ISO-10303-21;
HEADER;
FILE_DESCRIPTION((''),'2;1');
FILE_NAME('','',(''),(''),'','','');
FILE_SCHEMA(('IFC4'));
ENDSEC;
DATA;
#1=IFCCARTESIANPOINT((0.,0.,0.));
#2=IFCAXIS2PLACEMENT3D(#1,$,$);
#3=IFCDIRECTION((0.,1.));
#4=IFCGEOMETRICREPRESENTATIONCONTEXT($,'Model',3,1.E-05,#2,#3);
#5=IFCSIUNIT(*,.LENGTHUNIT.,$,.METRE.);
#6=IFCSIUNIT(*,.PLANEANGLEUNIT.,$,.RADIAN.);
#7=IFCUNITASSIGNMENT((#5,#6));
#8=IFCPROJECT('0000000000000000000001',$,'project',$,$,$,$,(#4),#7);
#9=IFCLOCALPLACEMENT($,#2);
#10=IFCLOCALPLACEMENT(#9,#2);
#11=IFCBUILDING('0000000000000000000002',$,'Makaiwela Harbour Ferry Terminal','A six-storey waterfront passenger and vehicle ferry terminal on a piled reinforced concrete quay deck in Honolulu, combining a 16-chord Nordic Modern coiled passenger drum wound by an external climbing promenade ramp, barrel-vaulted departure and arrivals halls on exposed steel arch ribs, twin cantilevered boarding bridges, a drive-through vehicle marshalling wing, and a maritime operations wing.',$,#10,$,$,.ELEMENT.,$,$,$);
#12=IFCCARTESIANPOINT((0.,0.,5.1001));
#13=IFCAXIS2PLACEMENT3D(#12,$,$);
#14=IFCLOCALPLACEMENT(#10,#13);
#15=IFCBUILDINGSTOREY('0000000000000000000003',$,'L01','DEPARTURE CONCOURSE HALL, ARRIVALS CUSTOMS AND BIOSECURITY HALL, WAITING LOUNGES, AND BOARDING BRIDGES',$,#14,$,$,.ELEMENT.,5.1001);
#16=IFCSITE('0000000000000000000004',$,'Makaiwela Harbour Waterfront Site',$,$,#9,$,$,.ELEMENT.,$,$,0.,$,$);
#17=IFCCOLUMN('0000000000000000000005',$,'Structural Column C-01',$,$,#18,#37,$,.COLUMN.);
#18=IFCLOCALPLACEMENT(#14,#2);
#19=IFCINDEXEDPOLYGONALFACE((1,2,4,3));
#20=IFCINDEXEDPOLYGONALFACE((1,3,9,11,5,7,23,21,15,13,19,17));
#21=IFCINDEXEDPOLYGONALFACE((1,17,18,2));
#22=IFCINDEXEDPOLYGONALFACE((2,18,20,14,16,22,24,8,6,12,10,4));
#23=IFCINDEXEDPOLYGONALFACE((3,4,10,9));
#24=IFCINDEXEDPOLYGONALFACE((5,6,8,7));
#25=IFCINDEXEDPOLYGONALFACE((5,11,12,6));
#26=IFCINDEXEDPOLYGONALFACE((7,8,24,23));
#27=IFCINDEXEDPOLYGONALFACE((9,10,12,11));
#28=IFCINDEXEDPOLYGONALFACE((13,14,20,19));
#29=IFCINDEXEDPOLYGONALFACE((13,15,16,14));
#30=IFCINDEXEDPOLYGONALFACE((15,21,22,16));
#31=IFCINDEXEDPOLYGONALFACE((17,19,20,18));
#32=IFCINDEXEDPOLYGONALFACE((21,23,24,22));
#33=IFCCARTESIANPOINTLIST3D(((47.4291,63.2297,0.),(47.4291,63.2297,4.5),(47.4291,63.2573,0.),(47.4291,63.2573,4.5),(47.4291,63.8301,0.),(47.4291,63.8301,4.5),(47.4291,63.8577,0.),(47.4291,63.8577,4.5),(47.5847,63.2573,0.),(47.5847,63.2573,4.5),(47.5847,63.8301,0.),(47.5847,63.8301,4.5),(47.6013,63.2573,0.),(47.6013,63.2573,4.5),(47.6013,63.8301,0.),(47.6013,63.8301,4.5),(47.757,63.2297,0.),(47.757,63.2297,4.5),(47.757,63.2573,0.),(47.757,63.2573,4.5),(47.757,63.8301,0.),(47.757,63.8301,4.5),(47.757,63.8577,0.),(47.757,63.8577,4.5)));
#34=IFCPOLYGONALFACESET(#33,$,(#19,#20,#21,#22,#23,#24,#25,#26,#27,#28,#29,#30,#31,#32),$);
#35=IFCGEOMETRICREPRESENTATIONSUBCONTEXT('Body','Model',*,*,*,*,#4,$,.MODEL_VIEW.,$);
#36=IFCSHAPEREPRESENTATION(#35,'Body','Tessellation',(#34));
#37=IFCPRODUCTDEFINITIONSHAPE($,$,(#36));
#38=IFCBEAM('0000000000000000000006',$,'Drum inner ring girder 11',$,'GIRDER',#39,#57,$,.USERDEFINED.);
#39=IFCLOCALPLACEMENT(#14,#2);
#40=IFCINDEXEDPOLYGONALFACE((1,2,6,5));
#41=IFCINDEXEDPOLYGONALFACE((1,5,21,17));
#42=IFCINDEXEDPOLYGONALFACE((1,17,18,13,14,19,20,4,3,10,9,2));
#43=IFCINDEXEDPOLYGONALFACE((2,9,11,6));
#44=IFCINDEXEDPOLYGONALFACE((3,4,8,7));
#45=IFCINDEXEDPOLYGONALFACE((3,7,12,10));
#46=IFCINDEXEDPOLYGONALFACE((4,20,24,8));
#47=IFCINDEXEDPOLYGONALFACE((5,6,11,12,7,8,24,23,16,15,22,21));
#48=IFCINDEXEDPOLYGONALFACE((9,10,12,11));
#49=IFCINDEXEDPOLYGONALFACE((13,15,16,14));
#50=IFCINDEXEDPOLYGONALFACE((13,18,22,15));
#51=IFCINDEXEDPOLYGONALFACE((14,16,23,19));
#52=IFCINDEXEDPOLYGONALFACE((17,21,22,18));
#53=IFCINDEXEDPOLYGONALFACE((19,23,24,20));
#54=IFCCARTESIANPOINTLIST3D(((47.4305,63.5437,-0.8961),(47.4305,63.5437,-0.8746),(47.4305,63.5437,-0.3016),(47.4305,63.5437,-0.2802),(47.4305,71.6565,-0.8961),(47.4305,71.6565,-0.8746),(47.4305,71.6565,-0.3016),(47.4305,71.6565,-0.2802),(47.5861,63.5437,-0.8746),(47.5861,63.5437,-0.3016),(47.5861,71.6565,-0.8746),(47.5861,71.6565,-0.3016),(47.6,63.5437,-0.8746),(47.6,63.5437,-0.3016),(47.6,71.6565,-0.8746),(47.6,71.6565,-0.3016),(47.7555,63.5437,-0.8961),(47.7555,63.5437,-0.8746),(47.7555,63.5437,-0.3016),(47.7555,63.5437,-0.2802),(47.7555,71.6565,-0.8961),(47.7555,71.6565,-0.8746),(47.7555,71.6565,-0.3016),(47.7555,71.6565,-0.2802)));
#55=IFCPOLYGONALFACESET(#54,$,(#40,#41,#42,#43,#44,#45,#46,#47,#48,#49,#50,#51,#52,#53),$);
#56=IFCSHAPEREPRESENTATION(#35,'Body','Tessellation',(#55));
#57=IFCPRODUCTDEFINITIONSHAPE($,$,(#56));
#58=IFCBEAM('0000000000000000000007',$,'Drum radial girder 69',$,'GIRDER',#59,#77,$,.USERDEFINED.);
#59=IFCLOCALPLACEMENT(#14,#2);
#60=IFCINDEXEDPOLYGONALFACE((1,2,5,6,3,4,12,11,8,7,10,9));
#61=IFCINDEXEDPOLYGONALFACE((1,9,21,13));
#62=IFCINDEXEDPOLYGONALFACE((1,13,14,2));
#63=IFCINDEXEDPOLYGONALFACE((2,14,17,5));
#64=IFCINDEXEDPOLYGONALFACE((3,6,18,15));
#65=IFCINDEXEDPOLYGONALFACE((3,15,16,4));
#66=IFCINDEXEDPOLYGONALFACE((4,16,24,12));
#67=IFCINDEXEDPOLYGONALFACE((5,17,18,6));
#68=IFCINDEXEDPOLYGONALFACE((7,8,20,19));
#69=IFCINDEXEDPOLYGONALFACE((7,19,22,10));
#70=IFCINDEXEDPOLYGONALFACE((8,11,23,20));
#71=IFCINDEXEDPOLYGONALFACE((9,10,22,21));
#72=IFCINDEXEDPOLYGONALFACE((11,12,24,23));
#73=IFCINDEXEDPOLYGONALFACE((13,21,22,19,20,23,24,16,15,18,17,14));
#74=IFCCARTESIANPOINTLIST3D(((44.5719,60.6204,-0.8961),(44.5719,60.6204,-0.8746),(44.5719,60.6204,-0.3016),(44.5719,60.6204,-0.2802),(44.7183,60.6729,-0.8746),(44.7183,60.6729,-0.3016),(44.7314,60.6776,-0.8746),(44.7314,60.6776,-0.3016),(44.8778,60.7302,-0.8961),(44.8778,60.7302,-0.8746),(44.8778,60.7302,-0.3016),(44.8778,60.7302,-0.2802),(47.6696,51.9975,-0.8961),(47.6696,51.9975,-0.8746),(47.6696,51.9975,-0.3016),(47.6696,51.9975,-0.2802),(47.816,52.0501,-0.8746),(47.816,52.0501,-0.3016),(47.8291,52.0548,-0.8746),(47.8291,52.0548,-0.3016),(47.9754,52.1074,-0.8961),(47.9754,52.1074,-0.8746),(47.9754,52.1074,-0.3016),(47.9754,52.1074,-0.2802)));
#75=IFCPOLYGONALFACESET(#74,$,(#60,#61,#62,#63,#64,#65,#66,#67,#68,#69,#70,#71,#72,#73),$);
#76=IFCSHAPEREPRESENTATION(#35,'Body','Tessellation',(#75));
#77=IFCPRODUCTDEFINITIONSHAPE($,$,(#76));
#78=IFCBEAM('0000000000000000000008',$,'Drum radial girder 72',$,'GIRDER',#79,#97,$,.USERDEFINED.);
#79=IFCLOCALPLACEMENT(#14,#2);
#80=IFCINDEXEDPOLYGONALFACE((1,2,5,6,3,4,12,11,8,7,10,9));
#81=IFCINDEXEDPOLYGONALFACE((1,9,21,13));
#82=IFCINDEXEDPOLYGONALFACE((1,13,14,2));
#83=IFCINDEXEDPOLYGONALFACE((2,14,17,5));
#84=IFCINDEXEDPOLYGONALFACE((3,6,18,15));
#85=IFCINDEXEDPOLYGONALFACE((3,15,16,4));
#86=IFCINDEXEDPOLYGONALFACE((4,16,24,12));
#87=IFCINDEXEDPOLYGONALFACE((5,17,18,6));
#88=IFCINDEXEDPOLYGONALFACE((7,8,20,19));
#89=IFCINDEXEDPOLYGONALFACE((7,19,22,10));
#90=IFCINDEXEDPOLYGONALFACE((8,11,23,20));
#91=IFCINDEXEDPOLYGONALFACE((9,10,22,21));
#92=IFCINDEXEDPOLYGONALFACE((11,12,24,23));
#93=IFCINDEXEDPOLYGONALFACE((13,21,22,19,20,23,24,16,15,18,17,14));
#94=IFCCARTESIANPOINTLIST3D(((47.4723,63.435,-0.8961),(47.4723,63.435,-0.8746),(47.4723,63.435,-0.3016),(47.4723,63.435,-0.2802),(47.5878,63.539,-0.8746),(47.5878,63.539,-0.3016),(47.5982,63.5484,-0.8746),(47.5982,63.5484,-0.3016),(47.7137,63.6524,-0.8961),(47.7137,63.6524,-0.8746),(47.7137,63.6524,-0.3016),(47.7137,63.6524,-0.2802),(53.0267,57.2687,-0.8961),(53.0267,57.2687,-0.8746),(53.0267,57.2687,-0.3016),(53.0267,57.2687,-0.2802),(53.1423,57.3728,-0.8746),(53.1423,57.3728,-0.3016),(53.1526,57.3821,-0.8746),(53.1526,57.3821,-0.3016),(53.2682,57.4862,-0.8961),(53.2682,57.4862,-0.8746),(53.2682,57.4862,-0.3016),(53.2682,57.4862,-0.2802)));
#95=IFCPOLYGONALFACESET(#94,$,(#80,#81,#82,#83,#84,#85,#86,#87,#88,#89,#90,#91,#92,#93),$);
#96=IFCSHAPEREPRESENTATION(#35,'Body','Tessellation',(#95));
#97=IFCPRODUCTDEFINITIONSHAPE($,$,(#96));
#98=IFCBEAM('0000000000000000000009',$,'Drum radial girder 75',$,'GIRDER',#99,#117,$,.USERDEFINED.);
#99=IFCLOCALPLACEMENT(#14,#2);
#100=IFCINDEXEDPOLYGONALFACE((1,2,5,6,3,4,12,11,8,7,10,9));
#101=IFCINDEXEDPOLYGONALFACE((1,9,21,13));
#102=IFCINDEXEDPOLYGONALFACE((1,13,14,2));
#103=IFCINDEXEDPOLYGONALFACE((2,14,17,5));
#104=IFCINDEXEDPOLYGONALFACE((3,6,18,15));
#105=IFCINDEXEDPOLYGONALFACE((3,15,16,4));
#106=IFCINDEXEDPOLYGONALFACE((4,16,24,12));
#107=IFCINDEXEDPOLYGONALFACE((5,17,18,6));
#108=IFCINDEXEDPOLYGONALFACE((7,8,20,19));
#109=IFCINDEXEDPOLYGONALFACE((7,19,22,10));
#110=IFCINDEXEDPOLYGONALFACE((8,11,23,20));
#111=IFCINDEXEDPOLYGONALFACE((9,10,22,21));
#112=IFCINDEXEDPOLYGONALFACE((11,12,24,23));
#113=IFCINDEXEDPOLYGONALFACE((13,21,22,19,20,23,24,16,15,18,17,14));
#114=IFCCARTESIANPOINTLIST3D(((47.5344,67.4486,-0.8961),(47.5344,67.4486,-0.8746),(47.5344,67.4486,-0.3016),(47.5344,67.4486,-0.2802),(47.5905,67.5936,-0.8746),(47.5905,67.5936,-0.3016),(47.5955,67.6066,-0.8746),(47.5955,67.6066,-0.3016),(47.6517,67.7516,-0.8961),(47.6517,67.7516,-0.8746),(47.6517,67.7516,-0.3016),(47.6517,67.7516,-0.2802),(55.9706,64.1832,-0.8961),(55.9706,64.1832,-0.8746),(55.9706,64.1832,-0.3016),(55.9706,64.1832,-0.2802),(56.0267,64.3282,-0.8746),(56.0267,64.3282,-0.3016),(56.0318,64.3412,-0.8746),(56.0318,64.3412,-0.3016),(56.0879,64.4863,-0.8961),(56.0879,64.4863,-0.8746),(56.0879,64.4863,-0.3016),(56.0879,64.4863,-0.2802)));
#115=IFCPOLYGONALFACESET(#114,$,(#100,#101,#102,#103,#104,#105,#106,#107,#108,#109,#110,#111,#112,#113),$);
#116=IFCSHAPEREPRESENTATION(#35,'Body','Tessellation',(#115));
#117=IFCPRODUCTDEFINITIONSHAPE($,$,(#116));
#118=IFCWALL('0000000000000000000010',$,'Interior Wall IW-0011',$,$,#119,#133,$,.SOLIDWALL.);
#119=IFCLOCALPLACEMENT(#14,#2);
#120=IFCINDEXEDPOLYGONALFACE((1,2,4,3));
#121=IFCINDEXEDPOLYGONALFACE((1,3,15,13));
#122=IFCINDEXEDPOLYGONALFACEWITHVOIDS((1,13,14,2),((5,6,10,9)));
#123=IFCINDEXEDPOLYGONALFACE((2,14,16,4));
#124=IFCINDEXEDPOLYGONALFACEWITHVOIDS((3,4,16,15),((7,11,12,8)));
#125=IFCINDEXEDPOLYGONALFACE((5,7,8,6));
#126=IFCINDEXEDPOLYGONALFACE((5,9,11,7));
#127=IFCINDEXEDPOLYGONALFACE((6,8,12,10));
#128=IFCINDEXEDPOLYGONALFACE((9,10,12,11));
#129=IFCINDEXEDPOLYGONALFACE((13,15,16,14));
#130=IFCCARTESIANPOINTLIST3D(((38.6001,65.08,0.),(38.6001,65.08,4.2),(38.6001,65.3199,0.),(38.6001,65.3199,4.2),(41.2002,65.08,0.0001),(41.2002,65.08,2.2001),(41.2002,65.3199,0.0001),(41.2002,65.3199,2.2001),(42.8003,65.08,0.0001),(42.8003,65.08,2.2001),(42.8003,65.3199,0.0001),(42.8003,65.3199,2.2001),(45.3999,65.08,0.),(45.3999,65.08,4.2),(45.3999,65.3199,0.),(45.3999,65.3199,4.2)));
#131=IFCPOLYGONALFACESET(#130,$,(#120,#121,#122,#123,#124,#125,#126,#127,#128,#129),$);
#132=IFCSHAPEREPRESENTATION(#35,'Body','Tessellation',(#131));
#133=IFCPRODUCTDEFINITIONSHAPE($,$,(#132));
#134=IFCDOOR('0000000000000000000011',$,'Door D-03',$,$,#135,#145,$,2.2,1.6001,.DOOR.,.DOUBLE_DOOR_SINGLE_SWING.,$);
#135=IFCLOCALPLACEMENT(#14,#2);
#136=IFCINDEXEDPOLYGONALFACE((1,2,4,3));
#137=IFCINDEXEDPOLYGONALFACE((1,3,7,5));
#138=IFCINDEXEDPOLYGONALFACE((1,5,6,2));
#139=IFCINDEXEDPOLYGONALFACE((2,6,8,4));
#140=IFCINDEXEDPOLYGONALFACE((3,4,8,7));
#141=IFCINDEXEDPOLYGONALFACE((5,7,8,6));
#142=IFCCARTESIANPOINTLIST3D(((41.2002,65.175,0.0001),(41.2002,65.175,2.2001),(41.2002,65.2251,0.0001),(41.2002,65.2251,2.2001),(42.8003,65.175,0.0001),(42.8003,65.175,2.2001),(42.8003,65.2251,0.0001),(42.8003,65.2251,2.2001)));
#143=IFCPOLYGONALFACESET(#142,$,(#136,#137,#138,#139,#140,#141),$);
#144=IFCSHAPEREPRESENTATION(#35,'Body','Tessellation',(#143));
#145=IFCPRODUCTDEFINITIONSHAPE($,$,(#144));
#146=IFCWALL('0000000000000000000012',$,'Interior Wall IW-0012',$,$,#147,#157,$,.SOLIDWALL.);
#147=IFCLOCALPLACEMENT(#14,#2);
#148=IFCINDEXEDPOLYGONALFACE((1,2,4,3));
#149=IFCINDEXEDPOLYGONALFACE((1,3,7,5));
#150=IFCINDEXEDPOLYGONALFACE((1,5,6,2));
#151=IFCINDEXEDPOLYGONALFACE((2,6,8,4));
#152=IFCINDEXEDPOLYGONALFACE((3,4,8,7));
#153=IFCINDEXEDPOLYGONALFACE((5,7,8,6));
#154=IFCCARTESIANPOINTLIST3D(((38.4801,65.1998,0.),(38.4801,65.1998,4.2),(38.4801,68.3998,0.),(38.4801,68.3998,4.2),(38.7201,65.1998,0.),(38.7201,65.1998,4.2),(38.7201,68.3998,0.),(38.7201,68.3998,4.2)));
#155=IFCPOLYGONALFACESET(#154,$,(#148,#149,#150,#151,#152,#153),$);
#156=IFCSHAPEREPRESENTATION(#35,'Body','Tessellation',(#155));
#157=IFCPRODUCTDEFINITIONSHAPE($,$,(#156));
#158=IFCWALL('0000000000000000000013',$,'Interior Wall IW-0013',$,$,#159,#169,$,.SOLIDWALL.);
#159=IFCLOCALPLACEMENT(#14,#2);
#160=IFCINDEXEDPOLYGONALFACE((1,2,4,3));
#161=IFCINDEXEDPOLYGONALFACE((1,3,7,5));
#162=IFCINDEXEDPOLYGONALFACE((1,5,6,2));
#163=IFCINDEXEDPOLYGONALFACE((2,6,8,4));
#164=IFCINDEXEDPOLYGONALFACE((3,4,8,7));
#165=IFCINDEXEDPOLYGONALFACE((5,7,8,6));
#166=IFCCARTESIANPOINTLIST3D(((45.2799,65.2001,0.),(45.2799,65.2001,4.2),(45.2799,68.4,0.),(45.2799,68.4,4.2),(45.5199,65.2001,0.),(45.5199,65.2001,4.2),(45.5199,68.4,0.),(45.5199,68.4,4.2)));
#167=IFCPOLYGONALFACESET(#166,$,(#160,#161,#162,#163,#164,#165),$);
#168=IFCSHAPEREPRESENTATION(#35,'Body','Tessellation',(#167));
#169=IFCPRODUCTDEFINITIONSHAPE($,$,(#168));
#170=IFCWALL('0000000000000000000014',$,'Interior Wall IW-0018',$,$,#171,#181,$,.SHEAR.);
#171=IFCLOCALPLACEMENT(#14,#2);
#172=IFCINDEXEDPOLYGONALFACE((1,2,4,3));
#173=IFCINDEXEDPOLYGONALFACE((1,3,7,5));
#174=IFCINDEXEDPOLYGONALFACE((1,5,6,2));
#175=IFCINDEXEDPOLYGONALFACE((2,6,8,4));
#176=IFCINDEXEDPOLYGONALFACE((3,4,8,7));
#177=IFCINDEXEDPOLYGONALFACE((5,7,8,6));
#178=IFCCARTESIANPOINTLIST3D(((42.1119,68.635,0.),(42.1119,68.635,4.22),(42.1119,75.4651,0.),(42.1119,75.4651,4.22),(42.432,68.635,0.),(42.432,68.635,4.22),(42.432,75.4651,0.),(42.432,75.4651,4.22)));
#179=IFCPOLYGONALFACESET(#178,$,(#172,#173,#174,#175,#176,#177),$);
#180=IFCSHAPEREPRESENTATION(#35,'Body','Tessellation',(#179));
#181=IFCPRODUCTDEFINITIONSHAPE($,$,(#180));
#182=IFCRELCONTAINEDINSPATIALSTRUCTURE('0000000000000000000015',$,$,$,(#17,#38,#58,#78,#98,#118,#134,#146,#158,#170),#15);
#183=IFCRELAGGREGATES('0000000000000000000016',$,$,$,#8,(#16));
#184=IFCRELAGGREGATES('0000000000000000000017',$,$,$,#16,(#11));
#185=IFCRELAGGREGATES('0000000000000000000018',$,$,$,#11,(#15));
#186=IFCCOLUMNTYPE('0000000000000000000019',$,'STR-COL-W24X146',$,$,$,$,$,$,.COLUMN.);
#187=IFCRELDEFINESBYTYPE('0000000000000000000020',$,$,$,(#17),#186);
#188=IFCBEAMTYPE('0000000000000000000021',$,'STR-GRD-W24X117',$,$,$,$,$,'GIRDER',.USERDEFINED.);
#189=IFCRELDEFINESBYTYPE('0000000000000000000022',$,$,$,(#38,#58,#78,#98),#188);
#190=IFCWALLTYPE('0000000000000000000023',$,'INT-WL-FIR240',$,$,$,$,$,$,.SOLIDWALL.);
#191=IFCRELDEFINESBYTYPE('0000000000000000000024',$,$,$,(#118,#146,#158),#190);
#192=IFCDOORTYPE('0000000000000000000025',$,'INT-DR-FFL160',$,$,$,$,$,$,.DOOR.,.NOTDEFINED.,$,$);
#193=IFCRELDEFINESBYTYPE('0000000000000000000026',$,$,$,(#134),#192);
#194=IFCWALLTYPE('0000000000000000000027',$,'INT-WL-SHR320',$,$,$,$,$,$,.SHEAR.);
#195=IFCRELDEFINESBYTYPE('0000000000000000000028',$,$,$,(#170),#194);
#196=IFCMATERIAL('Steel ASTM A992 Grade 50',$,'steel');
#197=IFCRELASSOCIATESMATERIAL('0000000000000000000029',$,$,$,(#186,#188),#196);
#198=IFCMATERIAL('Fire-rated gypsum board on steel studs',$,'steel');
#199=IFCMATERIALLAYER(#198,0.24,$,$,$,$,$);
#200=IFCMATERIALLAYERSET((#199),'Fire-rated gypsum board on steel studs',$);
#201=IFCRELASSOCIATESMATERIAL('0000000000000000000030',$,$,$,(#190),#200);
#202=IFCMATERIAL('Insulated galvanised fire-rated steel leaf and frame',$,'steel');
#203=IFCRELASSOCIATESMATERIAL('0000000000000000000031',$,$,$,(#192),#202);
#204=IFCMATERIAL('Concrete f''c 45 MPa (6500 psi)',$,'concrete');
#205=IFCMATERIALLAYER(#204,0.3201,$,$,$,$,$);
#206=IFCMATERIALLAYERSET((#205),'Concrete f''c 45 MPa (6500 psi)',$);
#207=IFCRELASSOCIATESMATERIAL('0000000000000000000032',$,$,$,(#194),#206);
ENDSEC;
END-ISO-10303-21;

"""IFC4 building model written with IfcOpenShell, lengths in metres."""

from ifc_helpers import new_model, si_unit, direction, frame, frame_2d, origin, origin_2d, place, context, subcontext, project, spatial, rectangle, i_section, extrude, material, layer, layer_set, material_profile, profile_set, type_object, element, fill, save


model = new_model("IFC4")

# Units and contexts
model_context = context("Model", 3, precision=1e-05, world=origin(), true_north=direction((0.0, 1.0)))
body_context = subcontext(model_context, "Body", "Model", "MODEL_VIEW")
ifc_project = project(units=[si_unit("LENGTHUNIT", "METRE"), si_unit("PLANEANGLEUNIT", "RADIAN")], contexts=[model_context])

# Site, building, storey
site_placement = place(None, origin())
site = spatial("IfcSite", under=ifc_project, at=site_placement, Name="Makaiwela Harbour Waterfront Site", CompositionType="ELEMENT", RefElevation=0.0)
building_placement = place(site_placement, origin())
building = spatial("IfcBuilding", under=site, at=building_placement, Name="Makaiwela Harbour Ferry Terminal", Description="A six-storey waterfront passenger and vehicle ferry terminal on a piled reinforced concrete quay deck in Honolulu, combining a 16-chord Nordic Modern coiled passenger drum wound by an external climbing promenade ramp, barrel-vaulted departure and arrivals halls on exposed steel arch ribs, twin cantilevered boarding bridges, a drive-through vehicle marshalling wing, and a maritime operations wing.", CompositionType="ELEMENT")
storey_placement = place(building_placement, frame((0.0, 0.0, 5.1001)))
storey = spatial("IfcBuildingStorey", under=building, at=storey_placement, Name="L01", Description="DEPARTURE CONCOURSE HALL, ARRIVALS CUSTOMS AND BIOSECURITY HALL, WAITING LOUNGES, AND BOARDING BRIDGES", CompositionType="ELEMENT", Elevation=5.1001)

# Column
ifc_material_1 = material(Name="Steel ASTM A992 Grade 50", Category="steel")
ifc_material_profile_1 = material_profile(ifc_material_1, i_section(OverallWidth=0.3279, OverallDepth=0.6279, WebThickness=0.0166, FlangeThickness=0.0276, at=origin_2d()), Name="W24X146")
ifc_profile_set_1 = profile_set([ifc_material_profile_1], Name="Steel ASTM A992 Grade 50")
column_type = type_object("IfcColumnType", Name="STR-COL-W24X146", PredefinedType="COLUMN", material=ifc_profile_set_1)
column_placement = place(storey_placement, frame((47.593, 63.5437, 0.0), z_axis=(0.0, 0.0, 1.0), x_axis=(1.0, 0.0, 0.0)))
element("IfcColumn", 1, at=column_placement, inside=storey, type_object=column_type, Name="Structural Column C-01", PredefinedType="COLUMN", context=body_context, shape_type="SweptSolid", body=[
    extrude(i_section(OverallWidth=0.3279, OverallDepth=0.6279, WebThickness=0.0166, FlangeThickness=0.0276, at=origin_2d()), origin(), (0.0, 0.0, 1.0), 4.5),
])

# Beams
ifc_material_profile_2 = material_profile(ifc_material_1, i_section(OverallWidth=0.325, OverallDepth=0.616, WebThickness=0.0139, FlangeThickness=0.0215, at=origin_2d()), Name="W24X117")
ifc_profile_set_2 = profile_set([ifc_material_profile_2], Name="Steel ASTM A992 Grade 50")
beam_type = type_object("IfcBeamType", Name="STR-GRD-W24X117", ElementType="GIRDER", PredefinedType="USERDEFINED", material=ifc_profile_set_2)
beam_1_placement = place(storey_placement, frame((47.593, 63.5437, -0.5881), z_axis=(0.0, 1.0, 0.0), x_axis=(-1.0, 0.0, 0.0)))
element("IfcBeam", 2, at=beam_1_placement, inside=storey, type_object=beam_type, Name="Drum inner ring girder 11", ObjectType="GIRDER", PredefinedType="USERDEFINED", context=body_context, shape_type="SweptSolid", body=[
    extrude(i_section(OverallWidth=0.325, OverallDepth=0.616, WebThickness=0.0139, FlangeThickness=0.0215, at=origin_2d()), origin(), (0.0, 0.0, 1.0), 8.1128),
])
beam_2_placement = place(storey_placement, frame((44.7249, 60.6753, -0.5881), z_axis=(0.338086, -0.941115, 0.0), x_axis=(0.941115, 0.338086, 0.0)))
element("IfcBeam", 3, at=beam_2_placement, inside=storey, type_object=beam_type, Name="Drum radial girder 69", ObjectType="GIRDER", PredefinedType="USERDEFINED", context=body_context, shape_type="SweptSolid", body=[
    extrude(i_section(OverallWidth=0.325, OverallDepth=0.616, WebThickness=0.0139, FlangeThickness=0.0215, at=origin_2d()), origin(), (0.0, 0.0, 1.0), 9.1624),
])
beam_3_placement = place(storey_placement, frame((47.593, 63.5437, -0.5881), z_axis=(0.669285, -0.743006, 0.0), x_axis=(0.743006, 0.669285, 0.0)))
element("IfcBeam", 4, at=beam_3_placement, inside=storey, type_object=beam_type, Name="Drum radial girder 72", ObjectType="GIRDER", PredefinedType="USERDEFINED", context=body_context, shape_type="SweptSolid", body=[
    extrude(i_section(OverallWidth=0.325, OverallDepth=0.616, WebThickness=0.0139, FlangeThickness=0.0215, at=origin_2d()), origin(), (0.0, 0.0, 1.0), 8.2991),
])
beam_4_placement = place(storey_placement, frame((47.593, 67.6001, -0.5881), z_axis=(0.932578, -0.360968, 0.0), x_axis=(0.360968, 0.932578, 0.0)))
element("IfcBeam", 5, at=beam_4_placement, inside=storey, type_object=beam_type, Name="Drum radial girder 75", ObjectType="GIRDER", PredefinedType="USERDEFINED", context=body_context, shape_type="SweptSolid", body=[
    extrude(i_section(OverallWidth=0.325, OverallDepth=0.616, WebThickness=0.0139, FlangeThickness=0.0215, at=origin_2d()), origin(), (0.0, 0.0, 1.0), 9.0461),
])

# Wall, opening, door
ifc_material_2 = material(Name="Fire-rated gypsum board on steel studs", Category="steel")
ifc_layer_1 = layer(ifc_material_2, 0.24)
ifc_layer_set_1 = layer_set([ifc_layer_1], Name="Fire-rated gypsum board on steel studs")
wall_type_1 = type_object("IfcWallType", Name="INT-WL-FIR240", PredefinedType="SOLIDWALL", material=ifc_layer_set_1)
wall_1_placement = place(storey_placement, frame((38.6001, 65.2, 0.0), z_axis=(0.0, 0.0, 1.0), x_axis=(1.0, 0.0, 0.0)))
wall_1 = element("IfcWall", 6, at=wall_1_placement, inside=storey, type_object=wall_type_1, Name="Interior Wall IW-0011", PredefinedType="SOLIDWALL", context=body_context, shape_type="SweptSolid", body=[
    extrude(rectangle(XDim=6.7998, YDim=0.24, at=frame_2d((3.3999, 0.0))), origin(), (0.0, 0.0, 1.0), 4.2),
])
opening_1_placement = place(wall_1_placement, frame((2.6001, 0.0, 0.0)))
opening_1 = element("IfcOpeningElement", 7, at=opening_1_placement, cuts=wall_1, PredefinedType="OPENING", context=body_context, shape_type="SweptSolid", body=[
    extrude(rectangle(XDim=1.6001, YDim=2.2, at=frame_2d((0.8, 1.1001))), frame((0.0, 0.1299, 0.0), z_axis=(0.0, -1.0, 0.0), x_axis=(1.0, 0.0, 0.0)), (0.0, 0.0, 1.0), 0.26),
])
ifc_material_3 = material(Name="Insulated galvanised fire-rated steel leaf and frame", Category="steel")
door_type_1 = type_object("IfcDoorType", Name="INT-DR-FFL160", OperationType="NOTDEFINED", PredefinedType="DOOR", material=ifc_material_3)
door_1_placement = place(opening_1_placement, frame((1.6001, 0.0, 0.0), z_axis=(0.0, 0.0, 1.0), x_axis=(-1.0, 0.0, 0.0)))
door_1 = element("IfcDoor", 8, at=door_1_placement, inside=storey, type_object=door_type_1, Name="Door D-03", OperationType="DOUBLE_DOOR_SINGLE_SWING", OverallHeight=2.2, OverallWidth=1.6001, PredefinedType="DOOR", context=body_context, shape_type="SweptSolid", body=[
    extrude(rectangle(XDim=1.6001, YDim=2.2, at=frame_2d((0.8, 1.1001))), frame((0.0, 0.0249, 0.0), z_axis=(0.0, -1.0, 0.0), x_axis=(1.0, 0.0, 0.0)), (0.0, 0.0, 1.0), 0.05),
])
fill(opening_1, door_1)

# Walls
for number, where, z_axis, x_axis, name in (
    (9, (38.6001, 68.3999, 0.0), (0.0, 0.0, 1.0), (0.0, -1.0, 0.0), "Interior Wall IW-0012"),
    (10, (45.3999, 65.2, 0.0), (0.0, 0.0, 1.0), (0.0, 1.0, 0.0), "Interior Wall IW-0013"),
):
    element("IfcWall", number, at=place(storey_placement, frame(where, z_axis=z_axis, x_axis=x_axis)), inside=storey, type_object=wall_type_1, Name=name, PredefinedType="SOLIDWALL", context=body_context, shape_type="SweptSolid", body=[
        extrude(rectangle(XDim=3.2, YDim=0.24, at=frame_2d((1.6001, 0.0))), origin(), (0.0, 0.0, 1.0), 4.2),
    ])
ifc_material_4 = material(Name="Concrete f'c 45 MPa (6500 psi)", Category="concrete")
ifc_layer_2 = layer(ifc_material_4, 0.3201)
ifc_layer_set_2 = layer_set([ifc_layer_2], Name="Concrete f'c 45 MPa (6500 psi)")
wall_type_2 = type_object("IfcWallType", Name="INT-WL-SHR320", PredefinedType="SHEAR", material=ifc_layer_set_2)
wall_2_placement = place(storey_placement, frame((42.272, 68.635, 0.0), z_axis=(0.0, 0.0, 1.0), x_axis=(0.0, 1.0, 0.0)))
element("IfcWall", 11, at=wall_2_placement, inside=storey, type_object=wall_type_2, Name="Interior Wall IW-0018", PredefinedType="SHEAR", context=body_context, shape_type="SweptSolid", body=[
    extrude(rectangle(XDim=6.8301, YDim=0.3201, at=frame_2d((3.415, 0.0))), origin(), (0.0, 0.0, 1.0), 4.22),
])

save(model, "model.ifc")
